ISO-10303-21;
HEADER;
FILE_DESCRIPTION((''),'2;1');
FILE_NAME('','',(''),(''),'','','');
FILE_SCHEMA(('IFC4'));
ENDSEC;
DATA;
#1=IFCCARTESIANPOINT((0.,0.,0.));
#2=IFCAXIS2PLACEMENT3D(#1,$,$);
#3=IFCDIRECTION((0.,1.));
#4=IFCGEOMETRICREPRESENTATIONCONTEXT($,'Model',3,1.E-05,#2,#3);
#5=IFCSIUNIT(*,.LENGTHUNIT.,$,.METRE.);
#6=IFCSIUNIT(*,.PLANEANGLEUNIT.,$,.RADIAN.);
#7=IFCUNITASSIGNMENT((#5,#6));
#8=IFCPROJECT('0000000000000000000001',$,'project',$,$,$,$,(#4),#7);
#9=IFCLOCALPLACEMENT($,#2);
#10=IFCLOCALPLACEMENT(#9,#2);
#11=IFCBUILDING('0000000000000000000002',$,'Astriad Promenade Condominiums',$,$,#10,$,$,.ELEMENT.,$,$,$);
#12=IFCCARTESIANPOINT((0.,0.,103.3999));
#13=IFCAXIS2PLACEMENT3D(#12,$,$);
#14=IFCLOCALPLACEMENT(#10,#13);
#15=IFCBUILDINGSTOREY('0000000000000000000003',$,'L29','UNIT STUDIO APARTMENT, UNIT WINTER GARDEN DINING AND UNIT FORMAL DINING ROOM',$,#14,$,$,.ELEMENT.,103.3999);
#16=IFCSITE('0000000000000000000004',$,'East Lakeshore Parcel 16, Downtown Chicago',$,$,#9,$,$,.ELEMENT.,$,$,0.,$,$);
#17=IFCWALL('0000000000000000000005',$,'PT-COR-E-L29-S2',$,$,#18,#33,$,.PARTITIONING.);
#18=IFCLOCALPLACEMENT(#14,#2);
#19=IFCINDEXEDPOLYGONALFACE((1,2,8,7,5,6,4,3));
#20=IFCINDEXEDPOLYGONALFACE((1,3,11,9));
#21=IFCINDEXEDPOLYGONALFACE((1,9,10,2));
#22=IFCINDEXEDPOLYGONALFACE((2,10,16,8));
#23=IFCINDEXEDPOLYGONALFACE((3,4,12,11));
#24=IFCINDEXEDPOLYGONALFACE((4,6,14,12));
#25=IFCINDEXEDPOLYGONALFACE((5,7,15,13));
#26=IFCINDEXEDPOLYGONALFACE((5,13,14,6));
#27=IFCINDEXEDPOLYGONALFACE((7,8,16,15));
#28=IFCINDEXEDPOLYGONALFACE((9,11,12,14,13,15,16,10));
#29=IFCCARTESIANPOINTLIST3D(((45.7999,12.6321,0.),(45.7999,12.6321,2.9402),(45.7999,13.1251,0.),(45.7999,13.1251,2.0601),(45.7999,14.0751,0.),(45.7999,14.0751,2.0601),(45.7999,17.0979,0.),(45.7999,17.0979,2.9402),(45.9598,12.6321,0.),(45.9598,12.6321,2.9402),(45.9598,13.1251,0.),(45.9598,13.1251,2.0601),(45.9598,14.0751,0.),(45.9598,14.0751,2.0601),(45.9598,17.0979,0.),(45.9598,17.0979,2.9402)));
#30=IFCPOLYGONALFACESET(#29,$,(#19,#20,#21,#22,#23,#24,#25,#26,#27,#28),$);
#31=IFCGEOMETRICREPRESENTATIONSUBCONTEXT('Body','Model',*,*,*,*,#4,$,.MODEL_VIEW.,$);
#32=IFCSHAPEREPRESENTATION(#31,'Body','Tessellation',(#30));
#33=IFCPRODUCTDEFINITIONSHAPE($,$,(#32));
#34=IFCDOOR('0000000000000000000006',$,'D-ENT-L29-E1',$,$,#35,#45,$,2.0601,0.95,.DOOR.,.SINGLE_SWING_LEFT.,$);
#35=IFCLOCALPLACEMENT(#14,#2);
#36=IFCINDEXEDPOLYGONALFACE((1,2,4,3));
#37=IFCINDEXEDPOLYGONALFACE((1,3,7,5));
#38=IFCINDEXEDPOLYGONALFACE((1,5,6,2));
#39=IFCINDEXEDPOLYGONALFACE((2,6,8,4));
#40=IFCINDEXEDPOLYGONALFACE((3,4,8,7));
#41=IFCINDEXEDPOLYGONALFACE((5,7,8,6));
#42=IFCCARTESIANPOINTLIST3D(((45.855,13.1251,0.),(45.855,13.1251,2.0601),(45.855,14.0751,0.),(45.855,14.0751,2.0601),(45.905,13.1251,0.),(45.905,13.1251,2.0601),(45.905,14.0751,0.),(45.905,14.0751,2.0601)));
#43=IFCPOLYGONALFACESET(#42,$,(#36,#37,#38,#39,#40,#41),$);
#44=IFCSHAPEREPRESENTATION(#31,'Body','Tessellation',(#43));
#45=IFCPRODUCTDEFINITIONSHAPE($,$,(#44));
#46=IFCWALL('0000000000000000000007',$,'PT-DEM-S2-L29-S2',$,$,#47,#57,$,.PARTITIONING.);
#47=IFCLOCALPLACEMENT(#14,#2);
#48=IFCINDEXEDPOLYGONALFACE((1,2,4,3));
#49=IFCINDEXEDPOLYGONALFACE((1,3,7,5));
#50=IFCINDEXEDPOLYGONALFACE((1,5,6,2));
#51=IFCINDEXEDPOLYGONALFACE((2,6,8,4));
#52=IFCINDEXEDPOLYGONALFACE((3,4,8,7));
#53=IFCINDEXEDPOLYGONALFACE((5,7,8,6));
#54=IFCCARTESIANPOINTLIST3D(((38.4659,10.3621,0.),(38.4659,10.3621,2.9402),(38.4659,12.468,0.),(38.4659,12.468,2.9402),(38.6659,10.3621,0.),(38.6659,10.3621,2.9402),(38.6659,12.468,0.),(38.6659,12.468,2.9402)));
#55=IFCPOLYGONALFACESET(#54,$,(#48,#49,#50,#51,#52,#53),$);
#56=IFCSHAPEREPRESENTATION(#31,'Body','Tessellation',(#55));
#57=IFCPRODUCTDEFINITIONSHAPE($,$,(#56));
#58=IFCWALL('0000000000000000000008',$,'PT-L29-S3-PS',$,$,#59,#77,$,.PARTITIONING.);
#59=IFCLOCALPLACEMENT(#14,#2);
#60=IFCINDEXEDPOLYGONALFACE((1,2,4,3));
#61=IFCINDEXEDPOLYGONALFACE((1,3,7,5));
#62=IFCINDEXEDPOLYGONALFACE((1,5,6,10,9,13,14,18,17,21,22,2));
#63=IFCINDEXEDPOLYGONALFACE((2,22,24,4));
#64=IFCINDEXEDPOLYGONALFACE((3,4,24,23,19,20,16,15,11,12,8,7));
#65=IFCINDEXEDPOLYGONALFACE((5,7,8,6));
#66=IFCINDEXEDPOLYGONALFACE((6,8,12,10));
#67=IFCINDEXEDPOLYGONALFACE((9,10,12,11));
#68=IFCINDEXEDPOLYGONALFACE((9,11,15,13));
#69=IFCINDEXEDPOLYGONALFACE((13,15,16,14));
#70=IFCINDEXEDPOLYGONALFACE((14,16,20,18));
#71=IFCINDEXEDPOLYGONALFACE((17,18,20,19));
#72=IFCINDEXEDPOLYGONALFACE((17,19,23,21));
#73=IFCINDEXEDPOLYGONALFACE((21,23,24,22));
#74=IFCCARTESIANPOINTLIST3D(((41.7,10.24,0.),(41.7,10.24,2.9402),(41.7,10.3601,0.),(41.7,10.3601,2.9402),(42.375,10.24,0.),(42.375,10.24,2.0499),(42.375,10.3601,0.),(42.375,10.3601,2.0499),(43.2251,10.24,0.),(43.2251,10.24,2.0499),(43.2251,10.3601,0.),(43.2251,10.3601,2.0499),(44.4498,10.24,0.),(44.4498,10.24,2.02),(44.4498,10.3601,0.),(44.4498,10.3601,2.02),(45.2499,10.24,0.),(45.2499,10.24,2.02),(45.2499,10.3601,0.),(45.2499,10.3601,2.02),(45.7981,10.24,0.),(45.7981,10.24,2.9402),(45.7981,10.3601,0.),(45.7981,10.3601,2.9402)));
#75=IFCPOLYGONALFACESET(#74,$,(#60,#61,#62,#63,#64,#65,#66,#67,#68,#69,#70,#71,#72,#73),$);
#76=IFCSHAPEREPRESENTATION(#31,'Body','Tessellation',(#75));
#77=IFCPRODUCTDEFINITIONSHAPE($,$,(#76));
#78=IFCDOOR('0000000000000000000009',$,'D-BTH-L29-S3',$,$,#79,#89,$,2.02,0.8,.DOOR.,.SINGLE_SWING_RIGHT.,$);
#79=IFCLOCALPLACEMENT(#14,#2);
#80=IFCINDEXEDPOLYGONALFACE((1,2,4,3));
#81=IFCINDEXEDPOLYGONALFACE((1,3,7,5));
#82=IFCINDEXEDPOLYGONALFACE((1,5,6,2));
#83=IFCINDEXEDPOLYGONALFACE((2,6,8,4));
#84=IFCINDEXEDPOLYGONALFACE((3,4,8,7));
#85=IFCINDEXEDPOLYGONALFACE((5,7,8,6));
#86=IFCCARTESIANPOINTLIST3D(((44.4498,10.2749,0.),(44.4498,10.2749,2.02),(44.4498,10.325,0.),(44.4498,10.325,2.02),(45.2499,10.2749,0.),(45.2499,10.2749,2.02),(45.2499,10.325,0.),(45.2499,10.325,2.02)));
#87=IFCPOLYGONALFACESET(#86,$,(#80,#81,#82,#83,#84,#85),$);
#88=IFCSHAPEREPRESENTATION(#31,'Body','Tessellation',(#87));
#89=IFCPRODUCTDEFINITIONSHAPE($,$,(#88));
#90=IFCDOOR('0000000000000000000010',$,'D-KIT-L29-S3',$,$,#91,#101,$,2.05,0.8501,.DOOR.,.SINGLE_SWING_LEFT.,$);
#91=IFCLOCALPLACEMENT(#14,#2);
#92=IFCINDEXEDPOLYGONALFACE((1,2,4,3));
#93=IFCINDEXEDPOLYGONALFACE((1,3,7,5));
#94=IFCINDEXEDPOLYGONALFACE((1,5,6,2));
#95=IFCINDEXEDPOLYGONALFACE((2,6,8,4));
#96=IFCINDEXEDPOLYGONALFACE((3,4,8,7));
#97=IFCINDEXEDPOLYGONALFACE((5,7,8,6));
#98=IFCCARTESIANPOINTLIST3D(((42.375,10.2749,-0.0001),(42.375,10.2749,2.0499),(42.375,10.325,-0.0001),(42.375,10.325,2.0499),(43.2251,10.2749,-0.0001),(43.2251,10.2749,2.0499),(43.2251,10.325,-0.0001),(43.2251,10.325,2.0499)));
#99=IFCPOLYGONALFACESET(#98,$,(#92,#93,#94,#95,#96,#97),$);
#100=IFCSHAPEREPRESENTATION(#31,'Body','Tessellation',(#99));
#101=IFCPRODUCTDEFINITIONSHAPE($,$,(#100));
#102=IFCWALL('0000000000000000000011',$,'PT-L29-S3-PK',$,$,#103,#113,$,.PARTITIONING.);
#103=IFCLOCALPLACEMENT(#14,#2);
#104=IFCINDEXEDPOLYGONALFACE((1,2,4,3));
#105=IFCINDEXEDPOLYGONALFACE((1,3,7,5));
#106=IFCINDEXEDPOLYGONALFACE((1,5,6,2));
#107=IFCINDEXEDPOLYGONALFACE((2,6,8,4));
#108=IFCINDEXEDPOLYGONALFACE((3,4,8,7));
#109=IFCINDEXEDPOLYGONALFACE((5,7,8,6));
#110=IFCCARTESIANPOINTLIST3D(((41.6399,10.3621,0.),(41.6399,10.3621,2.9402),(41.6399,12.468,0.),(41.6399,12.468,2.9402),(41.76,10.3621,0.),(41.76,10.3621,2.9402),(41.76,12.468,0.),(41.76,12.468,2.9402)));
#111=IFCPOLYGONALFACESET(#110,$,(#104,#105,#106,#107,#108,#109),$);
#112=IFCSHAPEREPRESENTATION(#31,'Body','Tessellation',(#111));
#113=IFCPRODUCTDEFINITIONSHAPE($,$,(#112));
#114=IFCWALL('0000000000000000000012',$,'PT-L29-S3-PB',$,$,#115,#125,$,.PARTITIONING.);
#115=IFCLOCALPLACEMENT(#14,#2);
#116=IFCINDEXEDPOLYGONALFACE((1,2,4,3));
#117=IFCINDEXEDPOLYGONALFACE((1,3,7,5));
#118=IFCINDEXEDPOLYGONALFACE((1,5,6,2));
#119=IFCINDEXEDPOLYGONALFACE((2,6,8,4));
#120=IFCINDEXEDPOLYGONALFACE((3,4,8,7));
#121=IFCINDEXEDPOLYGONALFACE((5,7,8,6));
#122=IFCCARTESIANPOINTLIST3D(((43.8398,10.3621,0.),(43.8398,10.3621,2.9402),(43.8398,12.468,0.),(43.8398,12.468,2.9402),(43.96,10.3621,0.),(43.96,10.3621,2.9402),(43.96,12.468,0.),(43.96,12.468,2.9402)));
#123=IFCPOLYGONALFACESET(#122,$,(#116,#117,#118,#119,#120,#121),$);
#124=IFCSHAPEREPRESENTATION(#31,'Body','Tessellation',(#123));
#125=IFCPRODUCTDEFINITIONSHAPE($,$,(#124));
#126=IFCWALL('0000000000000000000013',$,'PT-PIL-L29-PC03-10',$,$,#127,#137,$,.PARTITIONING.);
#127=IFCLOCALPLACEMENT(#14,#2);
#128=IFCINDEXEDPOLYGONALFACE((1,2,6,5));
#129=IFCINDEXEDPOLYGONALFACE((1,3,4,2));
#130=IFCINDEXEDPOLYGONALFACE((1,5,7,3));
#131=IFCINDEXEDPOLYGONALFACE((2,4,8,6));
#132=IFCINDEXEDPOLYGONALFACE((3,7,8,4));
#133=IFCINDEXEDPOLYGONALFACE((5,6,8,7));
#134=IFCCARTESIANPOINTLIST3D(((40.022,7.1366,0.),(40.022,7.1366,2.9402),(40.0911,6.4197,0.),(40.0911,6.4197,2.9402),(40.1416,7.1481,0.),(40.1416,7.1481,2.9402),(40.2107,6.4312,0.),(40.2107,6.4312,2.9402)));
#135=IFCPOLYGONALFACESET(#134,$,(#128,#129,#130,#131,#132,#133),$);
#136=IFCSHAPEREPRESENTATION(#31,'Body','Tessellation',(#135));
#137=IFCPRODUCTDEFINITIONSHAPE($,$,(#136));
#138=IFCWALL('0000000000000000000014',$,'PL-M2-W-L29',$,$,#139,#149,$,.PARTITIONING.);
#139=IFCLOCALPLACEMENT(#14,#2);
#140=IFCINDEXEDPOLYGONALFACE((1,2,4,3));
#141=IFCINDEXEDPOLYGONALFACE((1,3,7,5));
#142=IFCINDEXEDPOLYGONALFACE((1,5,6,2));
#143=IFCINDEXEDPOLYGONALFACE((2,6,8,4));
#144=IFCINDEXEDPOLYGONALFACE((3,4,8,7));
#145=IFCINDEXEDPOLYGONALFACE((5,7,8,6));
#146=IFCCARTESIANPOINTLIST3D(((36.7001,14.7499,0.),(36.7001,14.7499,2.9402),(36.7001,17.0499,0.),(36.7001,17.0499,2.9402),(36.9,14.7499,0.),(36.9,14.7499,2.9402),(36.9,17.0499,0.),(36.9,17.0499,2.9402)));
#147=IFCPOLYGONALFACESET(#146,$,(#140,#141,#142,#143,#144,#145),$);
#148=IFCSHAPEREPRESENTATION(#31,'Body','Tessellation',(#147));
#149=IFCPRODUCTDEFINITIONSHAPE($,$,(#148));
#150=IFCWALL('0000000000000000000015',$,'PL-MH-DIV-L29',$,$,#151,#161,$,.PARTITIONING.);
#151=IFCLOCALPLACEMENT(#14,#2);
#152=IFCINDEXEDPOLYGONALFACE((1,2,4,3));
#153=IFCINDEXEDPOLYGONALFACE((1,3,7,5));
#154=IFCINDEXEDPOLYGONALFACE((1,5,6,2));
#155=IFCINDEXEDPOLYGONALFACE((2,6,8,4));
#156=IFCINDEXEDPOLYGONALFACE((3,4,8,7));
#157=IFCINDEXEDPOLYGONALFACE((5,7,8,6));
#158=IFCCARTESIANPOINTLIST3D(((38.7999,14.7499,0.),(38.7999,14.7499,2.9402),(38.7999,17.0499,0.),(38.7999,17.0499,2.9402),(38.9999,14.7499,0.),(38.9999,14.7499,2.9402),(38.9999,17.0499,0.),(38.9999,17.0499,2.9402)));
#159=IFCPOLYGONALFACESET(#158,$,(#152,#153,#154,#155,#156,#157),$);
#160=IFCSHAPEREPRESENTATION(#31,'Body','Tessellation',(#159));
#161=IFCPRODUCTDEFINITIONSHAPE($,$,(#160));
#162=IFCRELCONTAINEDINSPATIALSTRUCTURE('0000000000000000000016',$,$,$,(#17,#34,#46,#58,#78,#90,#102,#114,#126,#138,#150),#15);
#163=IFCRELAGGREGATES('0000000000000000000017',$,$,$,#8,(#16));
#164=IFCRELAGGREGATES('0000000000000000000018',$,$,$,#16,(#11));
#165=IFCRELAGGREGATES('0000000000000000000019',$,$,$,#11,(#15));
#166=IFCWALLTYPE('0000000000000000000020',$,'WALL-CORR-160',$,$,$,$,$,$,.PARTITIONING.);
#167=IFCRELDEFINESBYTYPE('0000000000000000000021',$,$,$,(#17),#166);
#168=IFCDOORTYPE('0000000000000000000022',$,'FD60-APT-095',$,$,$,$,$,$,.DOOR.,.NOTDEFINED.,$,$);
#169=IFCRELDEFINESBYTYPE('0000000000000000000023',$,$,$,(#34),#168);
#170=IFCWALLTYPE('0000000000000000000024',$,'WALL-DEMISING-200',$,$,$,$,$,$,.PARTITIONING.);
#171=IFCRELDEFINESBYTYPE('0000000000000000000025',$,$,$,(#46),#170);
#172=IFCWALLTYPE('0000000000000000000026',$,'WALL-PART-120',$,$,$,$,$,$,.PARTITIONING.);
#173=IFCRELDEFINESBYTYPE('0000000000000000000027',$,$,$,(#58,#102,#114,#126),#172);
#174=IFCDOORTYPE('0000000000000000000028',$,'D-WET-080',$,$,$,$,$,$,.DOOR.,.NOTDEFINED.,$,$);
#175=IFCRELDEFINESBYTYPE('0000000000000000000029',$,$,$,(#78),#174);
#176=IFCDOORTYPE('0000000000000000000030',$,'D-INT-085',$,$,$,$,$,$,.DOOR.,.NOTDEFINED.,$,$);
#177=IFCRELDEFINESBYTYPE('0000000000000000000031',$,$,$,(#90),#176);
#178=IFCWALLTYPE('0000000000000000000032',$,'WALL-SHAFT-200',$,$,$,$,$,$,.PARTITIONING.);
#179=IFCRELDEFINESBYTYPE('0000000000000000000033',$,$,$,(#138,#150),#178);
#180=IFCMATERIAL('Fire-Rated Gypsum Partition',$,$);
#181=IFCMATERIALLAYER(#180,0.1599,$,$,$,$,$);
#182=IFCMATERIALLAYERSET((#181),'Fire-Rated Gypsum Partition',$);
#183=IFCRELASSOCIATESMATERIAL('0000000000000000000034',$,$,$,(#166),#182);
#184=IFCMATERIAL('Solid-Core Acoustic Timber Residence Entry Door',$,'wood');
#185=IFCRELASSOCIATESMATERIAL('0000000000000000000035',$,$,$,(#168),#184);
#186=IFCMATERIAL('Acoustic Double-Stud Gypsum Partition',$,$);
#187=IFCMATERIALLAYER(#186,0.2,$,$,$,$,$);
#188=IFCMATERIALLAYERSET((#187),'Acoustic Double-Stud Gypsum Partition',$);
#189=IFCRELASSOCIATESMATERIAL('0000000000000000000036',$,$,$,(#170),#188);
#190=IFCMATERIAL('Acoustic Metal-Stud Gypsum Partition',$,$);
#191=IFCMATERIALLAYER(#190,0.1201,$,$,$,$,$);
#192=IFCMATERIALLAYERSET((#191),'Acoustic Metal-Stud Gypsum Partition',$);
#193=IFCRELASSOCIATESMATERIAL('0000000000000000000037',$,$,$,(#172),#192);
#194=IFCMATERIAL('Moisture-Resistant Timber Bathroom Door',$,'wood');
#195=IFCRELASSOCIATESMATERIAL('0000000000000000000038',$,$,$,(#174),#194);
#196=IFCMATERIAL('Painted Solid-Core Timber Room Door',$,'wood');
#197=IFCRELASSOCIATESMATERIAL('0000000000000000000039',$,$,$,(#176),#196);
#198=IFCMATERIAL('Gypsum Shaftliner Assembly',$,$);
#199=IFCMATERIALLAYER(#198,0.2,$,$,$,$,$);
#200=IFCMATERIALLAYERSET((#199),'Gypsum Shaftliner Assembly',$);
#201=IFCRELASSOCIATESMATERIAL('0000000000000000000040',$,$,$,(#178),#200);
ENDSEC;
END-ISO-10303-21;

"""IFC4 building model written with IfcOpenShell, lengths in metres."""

from ifc_helpers import new_model, si_unit, direction, frame, frame_2d, origin, place, context, subcontext, project, spatial, rectangle, extrude, source, transform, mapped, material, layer, layer_set, type_object, type_shapes, element, fill, save


model = new_model("IFC4")

# Units and contexts
model_context = context("Model", 3, precision=1e-05, world=origin(), true_north=direction((0.0, 1.0)))
body_context = subcontext(model_context, "Body", "Model", "MODEL_VIEW")
ifc_project = project(units=[si_unit("LENGTHUNIT", "METRE"), si_unit("PLANEANGLEUNIT", "RADIAN")], contexts=[model_context])

# Site, building, storey
site_placement = place(None, origin())
site = spatial("IfcSite", under=ifc_project, at=site_placement, Name="East Lakeshore Parcel 16, Downtown Chicago", CompositionType="ELEMENT", RefElevation=0.0)
building_placement = place(site_placement, origin())
building = spatial("IfcBuilding", under=site, at=building_placement, Name="Astriad Promenade Condominiums", CompositionType="ELEMENT")
storey_placement = place(building_placement, frame((0.0, 0.0, 103.3999)))
storey = spatial("IfcBuildingStorey", under=building, at=storey_placement, Name="L29", Description="UNIT STUDIO APARTMENT, UNIT WINTER GARDEN DINING AND UNIT FORMAL DINING ROOM", CompositionType="ELEMENT", Elevation=103.3999)

# Shared definitions
ifc_material_1 = material(Name="Fire-Rated Gypsum Partition")
ifc_layer_1 = layer(ifc_material_1, 0.1599)
ifc_layer_set_1 = layer_set([ifc_layer_1], Name="Fire-Rated Gypsum Partition")
wall_type_1 = type_object("IfcWallType", Name="WALL-CORR-160", PredefinedType="PARTITIONING", material=ifc_layer_set_1)

# Wall, opening, door
wall_1_placement = place(storey_placement, frame((45.8799, 12.6321, 0.0), z_axis=(0.0, 0.0, 1.0), x_axis=(0.0, 1.0, 0.0)))
wall_1 = element("IfcWall", 1, at=wall_1_placement, inside=storey, type_object=wall_type_1, Name="PT-COR-E-L29-S2", PredefinedType="PARTITIONING", context=body_context, shape_type="SweptSolid", body=[
    extrude(rectangle(XDim=4.4658, YDim=0.1599, at=frame_2d((2.2329, 0.0))), origin(), (0.0, 0.0, 1.0), 2.9402),
])
opening_1_placement = place(wall_1_placement, frame((0.4929, 0.0, 0.0)))
opening_1 = element("IfcOpeningElement", 2, at=opening_1_placement, cuts=wall_1, PredefinedType="OPENING", context=body_context, shape_type="SweptSolid", body=[
    extrude(rectangle(XDim=0.95, YDim=2.0601, at=frame_2d((0.4751, 1.03))), frame((0.0, 0.0898, 0.0), z_axis=(0.0, -1.0, 0.0), x_axis=(1.0, 0.0, 0.0)), (0.0, 0.0, 1.0), 0.1799),
])
ifc_material_2 = material(Name="Solid-Core Acoustic Timber Residence Entry Door", Category="wood")
door_type_1 = type_object("IfcDoorType", Name="FD60-APT-095", OperationType="NOTDEFINED", PredefinedType="DOOR", material=ifc_material_2)
shared_shape_1 = source(origin(), body_context, "Body", "SweptSolid", [
    extrude(rectangle(XDim=0.95, YDim=2.0601, at=frame_2d((0.4751, 1.03))), frame((0.0, 0.0249, 0.0), z_axis=(0.0, -1.0, 0.0), x_axis=(1.0, 0.0, 0.0)), (0.0, 0.0, 1.0), 0.05),
])
type_shapes(door_type_1, [shared_shape_1])
door_1_placement = place(opening_1_placement, origin())
door_1 = element("IfcDoor", 3, at=door_1_placement, inside=storey, type_object=door_type_1, Name="D-ENT-L29-E1", OperationType="SINGLE_SWING_LEFT", OverallHeight=2.0601, OverallWidth=0.95, PredefinedType="DOOR", context=body_context, shape_type="MappedRepresentation", body=[
    mapped(shared_shape_1, transform((0.0, 0.0, 0.0), scale=1.0)),
])
fill(opening_1, door_1)

# Wall
ifc_material_3 = material(Name="Acoustic Double-Stud Gypsum Partition")
ifc_layer_2 = layer(ifc_material_3, 0.2)
ifc_layer_set_2 = layer_set([ifc_layer_2], Name="Acoustic Double-Stud Gypsum Partition")
wall_type_2 = type_object("IfcWallType", Name="WALL-DEMISING-200", PredefinedType="PARTITIONING", material=ifc_layer_set_2)
wall_2_placement = place(storey_placement, frame((38.5659, 10.3621, 0.0), z_axis=(0.0, 0.0, 1.0), x_axis=(0.0, 1.0, 0.0)))
element("IfcWall", 4, at=wall_2_placement, inside=storey, type_object=wall_type_2, Name="PT-DEM-S2-L29-S2", PredefinedType="PARTITIONING", context=body_context, shape_type="SweptSolid", body=[
    extrude(rectangle(XDim=2.106, YDim=0.2, at=frame_2d((1.053, 0.0))), origin(), (0.0, 0.0, 1.0), 2.9402),
])

# Wall, openings, doors
ifc_material_4 = material(Name="Acoustic Metal-Stud Gypsum Partition")
ifc_layer_3 = layer(ifc_material_4, 0.1201)
ifc_layer_set_3 = layer_set([ifc_layer_3], Name="Acoustic Metal-Stud Gypsum Partition")
wall_type_3 = type_object("IfcWallType", Name="WALL-PART-120", PredefinedType="PARTITIONING", material=ifc_layer_set_3)
wall_3_placement = place(storey_placement, frame((41.7, 10.3, 0.0), z_axis=(0.0, 0.0, 1.0), x_axis=(1.0, 0.0, 0.0)))
wall_3 = element("IfcWall", 5, at=wall_3_placement, inside=storey, type_object=wall_type_3, Name="PT-L29-S3-PS", PredefinedType="PARTITIONING", context=body_context, shape_type="SweptSolid", body=[
    extrude(rectangle(XDim=4.0981, YDim=0.1201, at=frame_2d((2.0491, 0.0))), origin(), (0.0, 0.0, 1.0), 2.9402),
])
opening_2_placement = place(wall_3_placement, frame((0.675, 0.0, 0.0)))
opening_2 = element("IfcOpeningElement", 6, at=opening_2_placement, cuts=wall_3, PredefinedType="OPENING", context=body_context, shape_type="SweptSolid", body=[
    extrude(rectangle(XDim=0.8501, YDim=2.05, at=frame_2d((0.425, 1.0249))), frame((0.0, 0.0701, 0.0), z_axis=(0.0, -1.0, 0.0), x_axis=(1.0, 0.0, 0.0)), (0.0, 0.0, 1.0), 0.1401),
])
opening_3_placement = place(wall_3_placement, frame((2.75, 0.0, 0.0)))
opening_3 = element("IfcOpeningElement", 7, at=opening_3_placement, cuts=wall_3, PredefinedType="OPENING", context=body_context, shape_type="SweptSolid", body=[
    extrude(rectangle(XDim=0.8, YDim=2.02, at=frame_2d((0.3999, 1.01))), frame((0.0, 0.0701, 0.0), z_axis=(0.0, -1.0, 0.0), x_axis=(1.0, 0.0, 0.0)), (0.0, 0.0, 1.0), 0.1401),
])
ifc_material_5 = material(Name="Moisture-Resistant Timber Bathroom Door", Category="wood")
door_type_2 = type_object("IfcDoorType", Name="D-WET-080", OperationType="NOTDEFINED", PredefinedType="DOOR", material=ifc_material_5)
shared_shape_2 = source(origin(), body_context, "Body", "SweptSolid", [
    extrude(rectangle(XDim=0.8, YDim=2.02, at=frame_2d((0.3999, 1.01))), frame((0.0, 0.0249, 0.0), z_axis=(0.0, -1.0, 0.0), x_axis=(1.0, 0.0, 0.0)), (0.0, 0.0, 1.0), 0.05),
])
type_shapes(door_type_2, [shared_shape_2])
door_2_placement = place(opening_3_placement, origin())
door_2 = element("IfcDoor", 8, at=door_2_placement, inside=storey, type_object=door_type_2, Name="D-BTH-L29-S3", OperationType="SINGLE_SWING_RIGHT", OverallHeight=2.02, OverallWidth=0.8, PredefinedType="DOOR", context=body_context, shape_type="MappedRepresentation", body=[
    mapped(shared_shape_2, transform((0.0, 0.0, 0.0), scale=1.0)),
])
fill(opening_3, door_2)
ifc_material_6 = material(Name="Painted Solid-Core Timber Room Door", Category="wood")
door_type_3 = type_object("IfcDoorType", Name="D-INT-085", OperationType="NOTDEFINED", PredefinedType="DOOR", material=ifc_material_6)
shared_shape_3 = source(origin(), body_context, "Body", "SweptSolid", [
    extrude(rectangle(XDim=0.8501, YDim=2.05, at=frame_2d((0.425, 1.0249))), frame((0.0, 0.0249, 0.0), z_axis=(0.0, -1.0, 0.0), x_axis=(1.0, 0.0, 0.0)), (0.0, 0.0, 1.0), 0.05),
])
type_shapes(door_type_3, [shared_shape_3])
door_3_placement = place(opening_2_placement, origin())
door_3 = element("IfcDoor", 9, at=door_3_placement, inside=storey, type_object=door_type_3, Name="D-KIT-L29-S3", OperationType="SINGLE_SWING_LEFT", OverallHeight=2.05, OverallWidth=0.8501, PredefinedType="DOOR", context=body_context, shape_type="MappedRepresentation", body=[
    mapped(shared_shape_3, transform((0.0, 0.0, 0.0), scale=1.0)),
])
fill(opening_2, door_3)

# Walls
for number, where, z_axis, x_axis, name in (
    (10, (41.7, 10.3621, 0.0), (0.0, 0.0, 1.0), (0.0, 1.0, 0.0), "PT-L29-S3-PK"),
    (11, (43.8999, 10.3621, 0.0), (0.0, 0.0, 1.0), (0.0, 1.0, 0.0), "PT-L29-S3-PB"),
):
    element("IfcWall", number, at=place(storey_placement, frame(where, z_axis=z_axis, x_axis=x_axis)), inside=storey, type_object=wall_type_3, Name=name, PredefinedType="PARTITIONING", context=body_context, shape_type="SweptSolid", body=[
        extrude(rectangle(XDim=2.106, YDim=0.1201, at=frame_2d((1.053, 0.0))), origin(), (0.0, 0.0, 1.0), 2.9402),
    ])
wall_4_placement = place(storey_placement, frame((40.0818, 7.1423, 0.0), z_axis=(0.0, 0.0, 1.0), x_axis=(0.095945, -0.995387, 0.0)))
element("IfcWall", 12, at=wall_4_placement, inside=storey, type_object=wall_type_3, Name="PT-PIL-L29-PC03-10", PredefinedType="PARTITIONING", context=body_context, shape_type="SweptSolid", body=[
    extrude(rectangle(XDim=0.7202, YDim=0.1201, at=frame_2d((0.3601, 0.0))), origin(), (0.0, 0.0, 1.0), 2.9402),
])
ifc_material_7 = material(Name="Gypsum Shaftliner Assembly")
ifc_layer_4 = layer(ifc_material_7, 0.2)
ifc_layer_set_4 = layer_set([ifc_layer_4], Name="Gypsum Shaftliner Assembly")
wall_type_4 = type_object("IfcWallType", Name="WALL-SHAFT-200", PredefinedType="PARTITIONING", material=ifc_layer_set_4)
for number, where, z_axis, x_axis, name in (
    (13, (36.8, 14.75, 0.0), (0.0, 0.0, 1.0), (0.0, 1.0, 0.0), "PL-M2-W-L29"),
    (14, (38.8999, 14.75, 0.0), (0.0, 0.0, 1.0), (0.0, 1.0, 0.0), "PL-MH-DIV-L29"),
):
    element("IfcWall", number, at=place(storey_placement, frame(where, z_axis=z_axis, x_axis=x_axis)), inside=storey, type_object=wall_type_4, Name=name, PredefinedType="PARTITIONING", context=body_context, shape_type="SweptSolid", body=[
        extrude(rectangle(XDim=2.3, YDim=0.2, at=frame_2d((1.1499, 0.0))), origin(), (0.0, 0.0, 1.0), 2.9402),
    ])

save(model, "model.ifc")
